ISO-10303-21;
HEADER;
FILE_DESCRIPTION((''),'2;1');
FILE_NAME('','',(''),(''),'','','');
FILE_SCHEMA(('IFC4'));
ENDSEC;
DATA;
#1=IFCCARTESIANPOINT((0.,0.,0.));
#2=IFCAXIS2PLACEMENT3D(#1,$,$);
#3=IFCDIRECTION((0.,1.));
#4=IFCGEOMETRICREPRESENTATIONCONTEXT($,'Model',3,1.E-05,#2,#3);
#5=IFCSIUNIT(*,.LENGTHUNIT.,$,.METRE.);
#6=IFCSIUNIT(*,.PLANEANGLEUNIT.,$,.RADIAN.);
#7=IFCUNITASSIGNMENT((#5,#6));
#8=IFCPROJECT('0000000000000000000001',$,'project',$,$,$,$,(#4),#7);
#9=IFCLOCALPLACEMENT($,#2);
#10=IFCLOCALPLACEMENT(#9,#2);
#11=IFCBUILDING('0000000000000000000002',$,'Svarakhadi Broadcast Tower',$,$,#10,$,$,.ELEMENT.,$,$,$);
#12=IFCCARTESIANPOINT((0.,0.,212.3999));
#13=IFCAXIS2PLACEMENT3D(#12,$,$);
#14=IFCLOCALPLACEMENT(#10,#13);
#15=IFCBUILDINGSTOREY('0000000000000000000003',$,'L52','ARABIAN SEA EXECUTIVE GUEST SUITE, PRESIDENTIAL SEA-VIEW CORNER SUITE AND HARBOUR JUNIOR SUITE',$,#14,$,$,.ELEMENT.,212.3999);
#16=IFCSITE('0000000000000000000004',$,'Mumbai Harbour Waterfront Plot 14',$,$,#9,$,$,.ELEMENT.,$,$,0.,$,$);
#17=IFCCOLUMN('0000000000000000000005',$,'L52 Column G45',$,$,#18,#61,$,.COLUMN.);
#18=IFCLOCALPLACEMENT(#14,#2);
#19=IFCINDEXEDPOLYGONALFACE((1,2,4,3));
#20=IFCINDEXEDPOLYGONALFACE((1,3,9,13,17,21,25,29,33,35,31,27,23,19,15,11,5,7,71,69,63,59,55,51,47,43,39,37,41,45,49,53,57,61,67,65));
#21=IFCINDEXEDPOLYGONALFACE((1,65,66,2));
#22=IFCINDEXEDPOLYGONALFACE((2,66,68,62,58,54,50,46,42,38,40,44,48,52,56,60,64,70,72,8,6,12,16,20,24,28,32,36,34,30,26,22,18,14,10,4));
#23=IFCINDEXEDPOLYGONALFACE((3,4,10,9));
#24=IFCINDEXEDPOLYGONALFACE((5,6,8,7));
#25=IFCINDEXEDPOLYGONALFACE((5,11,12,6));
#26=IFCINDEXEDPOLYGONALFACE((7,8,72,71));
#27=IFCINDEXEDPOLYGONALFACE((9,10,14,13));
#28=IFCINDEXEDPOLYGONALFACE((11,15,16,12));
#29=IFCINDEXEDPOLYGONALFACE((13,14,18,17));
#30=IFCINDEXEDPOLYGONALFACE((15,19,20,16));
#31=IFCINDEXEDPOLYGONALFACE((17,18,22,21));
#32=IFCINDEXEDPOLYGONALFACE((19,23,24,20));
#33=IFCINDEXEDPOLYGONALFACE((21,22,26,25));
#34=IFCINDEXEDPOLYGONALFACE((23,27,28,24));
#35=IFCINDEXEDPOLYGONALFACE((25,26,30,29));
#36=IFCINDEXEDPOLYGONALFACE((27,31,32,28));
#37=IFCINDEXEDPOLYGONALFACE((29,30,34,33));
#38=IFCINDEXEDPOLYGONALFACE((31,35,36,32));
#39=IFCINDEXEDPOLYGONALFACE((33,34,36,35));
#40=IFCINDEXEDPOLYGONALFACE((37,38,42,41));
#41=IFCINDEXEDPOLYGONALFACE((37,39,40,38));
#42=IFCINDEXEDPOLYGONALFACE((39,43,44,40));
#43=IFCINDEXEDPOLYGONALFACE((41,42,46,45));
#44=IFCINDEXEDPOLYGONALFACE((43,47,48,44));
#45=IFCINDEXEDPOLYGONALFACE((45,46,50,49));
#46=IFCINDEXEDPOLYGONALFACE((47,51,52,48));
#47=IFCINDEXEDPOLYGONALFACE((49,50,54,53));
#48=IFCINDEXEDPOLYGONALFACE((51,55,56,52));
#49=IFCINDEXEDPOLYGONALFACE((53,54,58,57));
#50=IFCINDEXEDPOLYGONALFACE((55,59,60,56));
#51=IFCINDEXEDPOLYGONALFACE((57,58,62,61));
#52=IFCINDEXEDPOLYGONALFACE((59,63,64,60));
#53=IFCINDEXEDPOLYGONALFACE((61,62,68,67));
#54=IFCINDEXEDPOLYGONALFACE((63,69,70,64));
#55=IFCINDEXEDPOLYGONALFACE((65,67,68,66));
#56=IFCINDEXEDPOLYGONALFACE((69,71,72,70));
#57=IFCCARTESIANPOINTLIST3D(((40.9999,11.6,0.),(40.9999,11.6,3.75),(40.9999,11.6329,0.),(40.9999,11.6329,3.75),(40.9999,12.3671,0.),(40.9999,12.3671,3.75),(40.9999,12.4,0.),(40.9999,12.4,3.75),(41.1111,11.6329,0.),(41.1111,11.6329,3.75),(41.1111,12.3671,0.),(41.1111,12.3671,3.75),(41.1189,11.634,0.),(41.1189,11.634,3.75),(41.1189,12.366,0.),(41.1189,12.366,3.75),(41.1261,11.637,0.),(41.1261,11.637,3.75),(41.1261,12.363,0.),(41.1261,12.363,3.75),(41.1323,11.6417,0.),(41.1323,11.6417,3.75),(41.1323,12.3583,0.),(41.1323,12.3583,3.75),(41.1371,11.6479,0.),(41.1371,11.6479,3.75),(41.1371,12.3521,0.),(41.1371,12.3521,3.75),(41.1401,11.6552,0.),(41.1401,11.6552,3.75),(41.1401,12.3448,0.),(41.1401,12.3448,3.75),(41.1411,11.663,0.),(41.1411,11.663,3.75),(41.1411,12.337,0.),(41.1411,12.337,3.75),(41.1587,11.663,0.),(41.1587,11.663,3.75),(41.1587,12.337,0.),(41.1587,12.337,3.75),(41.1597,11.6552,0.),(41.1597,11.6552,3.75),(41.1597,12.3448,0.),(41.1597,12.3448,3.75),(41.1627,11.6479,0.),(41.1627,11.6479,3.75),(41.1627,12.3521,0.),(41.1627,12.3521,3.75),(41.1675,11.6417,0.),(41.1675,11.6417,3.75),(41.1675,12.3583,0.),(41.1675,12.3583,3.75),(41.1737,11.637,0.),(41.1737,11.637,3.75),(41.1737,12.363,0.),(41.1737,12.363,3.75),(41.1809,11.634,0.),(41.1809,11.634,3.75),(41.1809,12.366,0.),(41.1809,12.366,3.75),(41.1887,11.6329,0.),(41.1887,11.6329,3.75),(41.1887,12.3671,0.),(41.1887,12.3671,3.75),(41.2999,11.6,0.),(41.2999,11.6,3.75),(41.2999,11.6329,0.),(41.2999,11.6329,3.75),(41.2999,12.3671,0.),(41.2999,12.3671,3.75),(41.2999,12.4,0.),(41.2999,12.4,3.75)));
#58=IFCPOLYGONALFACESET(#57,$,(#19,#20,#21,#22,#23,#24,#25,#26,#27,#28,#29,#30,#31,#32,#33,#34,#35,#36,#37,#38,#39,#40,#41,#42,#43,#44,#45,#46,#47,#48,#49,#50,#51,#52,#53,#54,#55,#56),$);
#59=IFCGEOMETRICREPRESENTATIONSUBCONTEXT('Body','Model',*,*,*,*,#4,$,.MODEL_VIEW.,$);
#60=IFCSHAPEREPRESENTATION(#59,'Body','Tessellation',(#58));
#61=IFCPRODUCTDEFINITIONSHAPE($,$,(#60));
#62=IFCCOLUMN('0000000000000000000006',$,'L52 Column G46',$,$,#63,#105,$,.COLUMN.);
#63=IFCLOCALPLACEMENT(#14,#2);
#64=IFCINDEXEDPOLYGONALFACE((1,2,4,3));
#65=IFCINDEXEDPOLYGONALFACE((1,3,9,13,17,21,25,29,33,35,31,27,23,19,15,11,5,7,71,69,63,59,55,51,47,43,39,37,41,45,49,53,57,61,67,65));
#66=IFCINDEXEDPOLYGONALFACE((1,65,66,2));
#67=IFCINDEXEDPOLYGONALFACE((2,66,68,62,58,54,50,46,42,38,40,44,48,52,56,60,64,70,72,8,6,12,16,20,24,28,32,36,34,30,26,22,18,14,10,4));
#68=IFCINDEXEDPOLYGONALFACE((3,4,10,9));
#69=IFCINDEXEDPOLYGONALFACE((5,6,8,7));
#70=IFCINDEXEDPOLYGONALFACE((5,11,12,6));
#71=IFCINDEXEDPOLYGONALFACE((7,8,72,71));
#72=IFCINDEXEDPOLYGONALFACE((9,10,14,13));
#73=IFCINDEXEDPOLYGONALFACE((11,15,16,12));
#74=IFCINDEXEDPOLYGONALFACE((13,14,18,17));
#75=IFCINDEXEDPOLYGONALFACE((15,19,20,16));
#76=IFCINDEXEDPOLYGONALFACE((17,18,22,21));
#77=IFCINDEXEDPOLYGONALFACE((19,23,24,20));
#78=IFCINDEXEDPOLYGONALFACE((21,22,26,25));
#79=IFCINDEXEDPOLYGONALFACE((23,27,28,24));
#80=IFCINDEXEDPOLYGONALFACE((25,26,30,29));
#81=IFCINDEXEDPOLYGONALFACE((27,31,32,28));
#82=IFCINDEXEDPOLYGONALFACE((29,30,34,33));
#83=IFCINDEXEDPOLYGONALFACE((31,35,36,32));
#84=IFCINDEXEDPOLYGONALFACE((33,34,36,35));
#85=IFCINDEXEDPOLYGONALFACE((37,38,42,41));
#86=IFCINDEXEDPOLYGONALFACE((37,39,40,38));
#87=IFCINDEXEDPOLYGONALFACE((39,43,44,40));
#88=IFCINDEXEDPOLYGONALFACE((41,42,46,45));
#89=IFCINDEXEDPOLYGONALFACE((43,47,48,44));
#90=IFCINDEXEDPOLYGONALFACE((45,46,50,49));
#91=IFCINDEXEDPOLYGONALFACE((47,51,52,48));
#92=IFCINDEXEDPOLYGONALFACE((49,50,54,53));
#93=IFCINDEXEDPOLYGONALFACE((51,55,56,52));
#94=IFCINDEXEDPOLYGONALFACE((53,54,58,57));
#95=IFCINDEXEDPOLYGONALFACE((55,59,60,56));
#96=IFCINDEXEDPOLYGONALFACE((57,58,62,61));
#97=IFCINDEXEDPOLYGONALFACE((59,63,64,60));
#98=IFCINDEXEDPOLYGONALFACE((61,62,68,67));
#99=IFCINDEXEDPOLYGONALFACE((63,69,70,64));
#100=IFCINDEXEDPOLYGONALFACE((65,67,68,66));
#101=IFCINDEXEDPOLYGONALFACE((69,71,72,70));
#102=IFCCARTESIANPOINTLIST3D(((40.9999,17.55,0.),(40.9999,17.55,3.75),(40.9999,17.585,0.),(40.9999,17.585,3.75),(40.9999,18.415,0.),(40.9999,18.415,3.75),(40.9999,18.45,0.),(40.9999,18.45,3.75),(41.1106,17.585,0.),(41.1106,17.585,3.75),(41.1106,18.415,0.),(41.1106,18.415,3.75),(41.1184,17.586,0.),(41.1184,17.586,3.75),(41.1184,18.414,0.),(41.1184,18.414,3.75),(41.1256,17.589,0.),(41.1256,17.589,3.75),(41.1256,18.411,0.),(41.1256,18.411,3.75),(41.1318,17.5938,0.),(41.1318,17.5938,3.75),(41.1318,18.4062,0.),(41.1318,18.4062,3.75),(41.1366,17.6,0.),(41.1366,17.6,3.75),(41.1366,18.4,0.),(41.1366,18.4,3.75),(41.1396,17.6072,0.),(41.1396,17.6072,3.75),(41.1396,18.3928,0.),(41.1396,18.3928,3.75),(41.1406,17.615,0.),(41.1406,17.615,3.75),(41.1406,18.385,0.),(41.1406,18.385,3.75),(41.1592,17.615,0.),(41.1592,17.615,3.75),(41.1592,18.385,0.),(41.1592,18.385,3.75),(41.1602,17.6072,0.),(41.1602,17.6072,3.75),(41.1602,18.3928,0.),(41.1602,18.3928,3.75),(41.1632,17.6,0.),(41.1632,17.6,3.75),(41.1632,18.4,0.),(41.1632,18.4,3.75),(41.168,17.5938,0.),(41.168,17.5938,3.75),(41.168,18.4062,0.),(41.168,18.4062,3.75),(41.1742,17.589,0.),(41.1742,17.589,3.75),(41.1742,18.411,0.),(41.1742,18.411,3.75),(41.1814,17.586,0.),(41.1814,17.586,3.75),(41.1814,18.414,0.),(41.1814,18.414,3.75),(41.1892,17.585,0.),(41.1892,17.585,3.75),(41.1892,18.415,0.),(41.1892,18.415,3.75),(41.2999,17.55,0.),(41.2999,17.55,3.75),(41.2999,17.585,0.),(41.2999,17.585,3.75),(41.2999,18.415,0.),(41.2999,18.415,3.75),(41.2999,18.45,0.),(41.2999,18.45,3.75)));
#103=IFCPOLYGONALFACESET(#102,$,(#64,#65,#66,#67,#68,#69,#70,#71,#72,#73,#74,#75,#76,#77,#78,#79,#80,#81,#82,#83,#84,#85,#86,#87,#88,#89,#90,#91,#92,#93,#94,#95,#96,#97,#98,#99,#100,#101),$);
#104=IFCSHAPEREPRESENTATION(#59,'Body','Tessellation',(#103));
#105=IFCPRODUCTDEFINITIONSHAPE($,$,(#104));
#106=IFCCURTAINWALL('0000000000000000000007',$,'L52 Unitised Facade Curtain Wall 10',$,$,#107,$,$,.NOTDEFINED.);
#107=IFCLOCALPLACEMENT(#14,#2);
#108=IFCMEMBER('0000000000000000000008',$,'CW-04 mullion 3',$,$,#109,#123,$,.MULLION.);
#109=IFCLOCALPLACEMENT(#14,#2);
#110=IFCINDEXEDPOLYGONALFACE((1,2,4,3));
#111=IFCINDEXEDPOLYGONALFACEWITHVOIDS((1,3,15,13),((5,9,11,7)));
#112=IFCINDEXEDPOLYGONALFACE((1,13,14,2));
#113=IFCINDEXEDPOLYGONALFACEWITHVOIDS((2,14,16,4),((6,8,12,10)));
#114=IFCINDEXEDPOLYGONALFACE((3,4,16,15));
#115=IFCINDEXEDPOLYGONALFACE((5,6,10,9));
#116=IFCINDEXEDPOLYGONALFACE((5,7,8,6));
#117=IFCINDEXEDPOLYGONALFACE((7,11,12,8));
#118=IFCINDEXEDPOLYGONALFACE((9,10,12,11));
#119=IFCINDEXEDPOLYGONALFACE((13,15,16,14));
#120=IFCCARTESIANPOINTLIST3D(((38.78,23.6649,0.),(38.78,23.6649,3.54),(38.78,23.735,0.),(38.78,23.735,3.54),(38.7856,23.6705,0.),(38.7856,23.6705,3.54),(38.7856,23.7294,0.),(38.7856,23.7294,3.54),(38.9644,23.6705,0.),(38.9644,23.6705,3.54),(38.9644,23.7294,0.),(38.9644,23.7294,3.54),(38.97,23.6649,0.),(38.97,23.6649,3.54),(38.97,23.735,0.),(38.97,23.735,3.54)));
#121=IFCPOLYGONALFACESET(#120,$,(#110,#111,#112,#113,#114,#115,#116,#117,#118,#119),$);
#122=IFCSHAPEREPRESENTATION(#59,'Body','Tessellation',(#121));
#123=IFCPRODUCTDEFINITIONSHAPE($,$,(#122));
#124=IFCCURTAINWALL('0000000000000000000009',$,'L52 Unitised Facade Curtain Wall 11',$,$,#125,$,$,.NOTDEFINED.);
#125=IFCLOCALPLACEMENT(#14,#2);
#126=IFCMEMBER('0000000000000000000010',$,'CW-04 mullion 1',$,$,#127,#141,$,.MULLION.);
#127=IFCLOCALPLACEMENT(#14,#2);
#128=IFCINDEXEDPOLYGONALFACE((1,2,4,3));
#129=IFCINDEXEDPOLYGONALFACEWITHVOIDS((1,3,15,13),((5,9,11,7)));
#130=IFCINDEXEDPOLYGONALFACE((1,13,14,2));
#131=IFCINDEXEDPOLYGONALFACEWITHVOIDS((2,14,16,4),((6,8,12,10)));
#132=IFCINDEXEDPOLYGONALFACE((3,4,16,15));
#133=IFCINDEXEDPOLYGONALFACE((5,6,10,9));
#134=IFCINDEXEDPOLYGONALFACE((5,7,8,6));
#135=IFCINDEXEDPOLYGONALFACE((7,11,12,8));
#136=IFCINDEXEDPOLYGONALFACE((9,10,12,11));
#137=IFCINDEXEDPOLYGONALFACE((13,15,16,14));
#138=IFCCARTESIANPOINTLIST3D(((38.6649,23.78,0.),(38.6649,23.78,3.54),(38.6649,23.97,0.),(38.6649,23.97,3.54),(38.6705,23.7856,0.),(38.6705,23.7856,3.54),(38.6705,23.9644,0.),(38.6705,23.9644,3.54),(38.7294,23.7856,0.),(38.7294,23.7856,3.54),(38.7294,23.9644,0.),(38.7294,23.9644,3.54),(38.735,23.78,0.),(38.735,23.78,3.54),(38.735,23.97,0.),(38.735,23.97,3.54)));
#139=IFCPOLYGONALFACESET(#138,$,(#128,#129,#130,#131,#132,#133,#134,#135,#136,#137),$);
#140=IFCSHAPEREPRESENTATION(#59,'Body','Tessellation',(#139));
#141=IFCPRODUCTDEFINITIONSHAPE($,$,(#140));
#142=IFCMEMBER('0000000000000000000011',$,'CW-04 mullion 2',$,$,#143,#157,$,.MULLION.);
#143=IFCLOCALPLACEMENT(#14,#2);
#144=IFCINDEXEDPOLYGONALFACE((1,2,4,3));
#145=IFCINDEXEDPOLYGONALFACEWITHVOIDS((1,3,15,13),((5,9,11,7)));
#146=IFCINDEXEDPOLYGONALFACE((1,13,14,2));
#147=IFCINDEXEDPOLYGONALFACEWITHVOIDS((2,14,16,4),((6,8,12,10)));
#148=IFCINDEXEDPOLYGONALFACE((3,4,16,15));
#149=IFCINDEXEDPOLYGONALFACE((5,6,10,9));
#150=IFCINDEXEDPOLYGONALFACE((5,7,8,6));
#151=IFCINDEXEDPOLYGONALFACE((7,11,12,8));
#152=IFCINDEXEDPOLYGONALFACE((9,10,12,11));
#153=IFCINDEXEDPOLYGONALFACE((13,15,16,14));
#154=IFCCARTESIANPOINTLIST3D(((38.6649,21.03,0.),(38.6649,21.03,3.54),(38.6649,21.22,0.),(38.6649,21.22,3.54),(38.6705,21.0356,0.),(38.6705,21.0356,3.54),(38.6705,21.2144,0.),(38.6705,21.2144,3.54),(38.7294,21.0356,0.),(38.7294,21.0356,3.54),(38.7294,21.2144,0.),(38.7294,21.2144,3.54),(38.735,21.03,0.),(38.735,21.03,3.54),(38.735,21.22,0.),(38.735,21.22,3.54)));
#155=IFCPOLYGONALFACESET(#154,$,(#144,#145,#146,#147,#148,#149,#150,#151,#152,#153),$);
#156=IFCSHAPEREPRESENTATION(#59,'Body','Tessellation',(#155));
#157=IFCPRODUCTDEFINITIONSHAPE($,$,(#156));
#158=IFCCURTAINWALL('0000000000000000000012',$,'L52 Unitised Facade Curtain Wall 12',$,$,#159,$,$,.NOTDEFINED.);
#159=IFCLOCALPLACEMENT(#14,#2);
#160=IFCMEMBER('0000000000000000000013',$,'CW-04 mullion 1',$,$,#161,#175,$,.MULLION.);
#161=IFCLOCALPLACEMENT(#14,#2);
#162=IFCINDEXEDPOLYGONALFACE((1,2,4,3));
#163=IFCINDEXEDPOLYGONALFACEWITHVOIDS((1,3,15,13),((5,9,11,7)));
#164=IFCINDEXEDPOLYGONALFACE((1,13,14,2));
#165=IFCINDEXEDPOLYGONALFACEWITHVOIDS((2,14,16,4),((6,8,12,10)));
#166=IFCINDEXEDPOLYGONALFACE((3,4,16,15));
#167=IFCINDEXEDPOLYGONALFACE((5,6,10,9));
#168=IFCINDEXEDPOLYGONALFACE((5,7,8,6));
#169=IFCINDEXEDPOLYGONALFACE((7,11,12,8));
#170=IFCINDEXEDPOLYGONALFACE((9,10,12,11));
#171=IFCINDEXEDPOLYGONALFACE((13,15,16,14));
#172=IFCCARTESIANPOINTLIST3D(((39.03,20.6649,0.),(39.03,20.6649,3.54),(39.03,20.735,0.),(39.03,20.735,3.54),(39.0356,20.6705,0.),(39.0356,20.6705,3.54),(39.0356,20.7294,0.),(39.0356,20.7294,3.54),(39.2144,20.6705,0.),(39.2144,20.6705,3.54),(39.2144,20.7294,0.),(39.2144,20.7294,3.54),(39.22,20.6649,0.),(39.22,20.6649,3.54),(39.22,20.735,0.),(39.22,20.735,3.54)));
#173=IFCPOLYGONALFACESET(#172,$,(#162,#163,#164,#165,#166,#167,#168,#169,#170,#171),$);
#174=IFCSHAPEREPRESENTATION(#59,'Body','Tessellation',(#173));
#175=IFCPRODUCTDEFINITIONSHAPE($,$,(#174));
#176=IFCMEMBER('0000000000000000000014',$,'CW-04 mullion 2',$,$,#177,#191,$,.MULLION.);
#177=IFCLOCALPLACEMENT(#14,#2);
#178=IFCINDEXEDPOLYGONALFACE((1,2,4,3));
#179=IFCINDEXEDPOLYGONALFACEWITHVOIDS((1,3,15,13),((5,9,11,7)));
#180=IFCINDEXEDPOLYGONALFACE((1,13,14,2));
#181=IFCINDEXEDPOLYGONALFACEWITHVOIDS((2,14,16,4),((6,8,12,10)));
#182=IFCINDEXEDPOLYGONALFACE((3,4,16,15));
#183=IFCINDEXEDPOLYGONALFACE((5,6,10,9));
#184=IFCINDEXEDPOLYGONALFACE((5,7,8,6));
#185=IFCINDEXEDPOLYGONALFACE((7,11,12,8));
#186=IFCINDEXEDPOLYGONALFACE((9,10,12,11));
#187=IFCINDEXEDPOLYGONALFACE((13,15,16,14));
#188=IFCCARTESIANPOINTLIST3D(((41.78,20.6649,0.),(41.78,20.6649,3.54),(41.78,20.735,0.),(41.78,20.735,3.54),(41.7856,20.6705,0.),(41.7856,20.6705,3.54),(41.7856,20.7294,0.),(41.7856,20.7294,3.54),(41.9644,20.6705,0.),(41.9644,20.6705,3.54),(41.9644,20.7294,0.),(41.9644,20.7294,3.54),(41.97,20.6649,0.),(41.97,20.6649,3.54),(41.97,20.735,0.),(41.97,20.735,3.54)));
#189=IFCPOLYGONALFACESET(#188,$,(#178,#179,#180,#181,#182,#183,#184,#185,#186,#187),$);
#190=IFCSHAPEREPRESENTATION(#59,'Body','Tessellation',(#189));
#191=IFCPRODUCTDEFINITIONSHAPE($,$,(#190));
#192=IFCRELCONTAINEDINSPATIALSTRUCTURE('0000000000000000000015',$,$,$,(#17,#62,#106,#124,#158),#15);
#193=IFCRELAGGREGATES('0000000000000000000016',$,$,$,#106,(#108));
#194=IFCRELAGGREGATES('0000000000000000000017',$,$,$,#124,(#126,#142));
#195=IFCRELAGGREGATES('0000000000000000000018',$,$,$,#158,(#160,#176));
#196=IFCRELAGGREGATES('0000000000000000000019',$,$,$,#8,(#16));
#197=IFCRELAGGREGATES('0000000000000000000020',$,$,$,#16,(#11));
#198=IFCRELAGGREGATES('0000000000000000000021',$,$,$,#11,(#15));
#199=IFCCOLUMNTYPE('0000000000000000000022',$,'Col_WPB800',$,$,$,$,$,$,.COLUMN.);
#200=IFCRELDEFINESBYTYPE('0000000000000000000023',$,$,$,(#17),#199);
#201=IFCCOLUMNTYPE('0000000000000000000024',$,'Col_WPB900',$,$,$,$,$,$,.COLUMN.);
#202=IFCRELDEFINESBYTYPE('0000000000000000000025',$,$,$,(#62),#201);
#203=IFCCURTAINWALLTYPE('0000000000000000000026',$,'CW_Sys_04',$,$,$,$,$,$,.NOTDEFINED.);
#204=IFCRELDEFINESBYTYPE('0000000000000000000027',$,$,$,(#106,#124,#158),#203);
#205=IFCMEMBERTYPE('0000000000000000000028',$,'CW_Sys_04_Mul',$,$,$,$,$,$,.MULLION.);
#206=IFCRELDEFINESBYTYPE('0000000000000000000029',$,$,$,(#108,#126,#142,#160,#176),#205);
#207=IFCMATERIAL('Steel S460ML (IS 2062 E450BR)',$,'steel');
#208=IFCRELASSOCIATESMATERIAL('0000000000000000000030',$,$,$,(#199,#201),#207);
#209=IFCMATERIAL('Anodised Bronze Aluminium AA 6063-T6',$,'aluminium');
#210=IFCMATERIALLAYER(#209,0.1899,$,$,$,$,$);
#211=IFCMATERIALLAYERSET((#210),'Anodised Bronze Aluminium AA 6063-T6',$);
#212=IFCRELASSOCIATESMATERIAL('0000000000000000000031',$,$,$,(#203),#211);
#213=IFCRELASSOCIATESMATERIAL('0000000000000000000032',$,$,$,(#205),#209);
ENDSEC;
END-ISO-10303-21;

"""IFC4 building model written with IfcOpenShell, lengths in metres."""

from ifc_helpers import new_model, si_unit, direction, frame, origin, origin_2d, place, context, subcontext, project, spatial, hollow_rectangle, i_section, extrude, material, layer, layer_set, material_profile, profile_set, type_object, element, aggregate, save


model = new_model("IFC4")

# Units and contexts
model_context = context("Model", 3, precision=1e-05, world=origin(), true_north=direction((0.0, 1.0)))
body_context = subcontext(model_context, "Body", "Model", "MODEL_VIEW")
ifc_project = project(units=[si_unit("LENGTHUNIT", "METRE"), si_unit("PLANEANGLEUNIT", "RADIAN")], contexts=[model_context])

# Site, building, storey
site_placement = place(None, origin())
site = spatial("IfcSite", under=ifc_project, at=site_placement, Name="Mumbai Harbour Waterfront Plot 14", CompositionType="ELEMENT", RefElevation=0.0)
building_placement = place(site_placement, origin())
building = spatial("IfcBuilding", under=site, at=building_placement, Name="Svarakhadi Broadcast Tower", CompositionType="ELEMENT")
storey_placement = place(building_placement, frame((0.0, 0.0, 212.3999)))
storey = spatial("IfcBuildingStorey", under=building, at=storey_placement, Name="L52", Description="ARABIAN SEA EXECUTIVE GUEST SUITE, PRESIDENTIAL SEA-VIEW CORNER SUITE AND HARBOUR JUNIOR SUITE", CompositionType="ELEMENT", Elevation=212.3999)

# Columns
ifc_material_1 = material(Name="Steel S460ML (IS 2062 E450BR)", Category="steel")
ifc_material_profile_1 = material_profile(ifc_material_1, i_section(OverallWidth=0.3, OverallDepth=0.8, WebThickness=0.0176, FlangeThickness=0.033, FilletRadius=0.03, at=origin_2d()), Name="WPB 800x300x262")
ifc_profile_set_1 = profile_set([ifc_material_profile_1], Name="Steel S460ML (IS 2062 E450BR)")
column_type_1 = type_object("IfcColumnType", Name="Col_WPB800", PredefinedType="COLUMN", material=ifc_profile_set_1)
column_1_placement = place(storey_placement, frame((41.1499, 12.0, 0.0), z_axis=(0.0, 0.0, 1.0), x_axis=(1.0, 0.0, 0.0)))
element("IfcColumn", 1, at=column_1_placement, inside=storey, type_object=column_type_1, Name="L52 Column G45", PredefinedType="COLUMN", context=body_context, shape_type="SweptSolid", body=[
    extrude(i_section(OverallWidth=0.3, OverallDepth=0.8, WebThickness=0.0176, FlangeThickness=0.033, FilletRadius=0.03, at=origin_2d()), origin(), (0.0, 0.0, 1.0), 3.75),
])
ifc_material_profile_2 = material_profile(ifc_material_1, i_section(OverallWidth=0.3, OverallDepth=0.8999, WebThickness=0.0186, FlangeThickness=0.0349, FilletRadius=0.03, at=origin_2d()), Name="WPB 900x300x291")
ifc_profile_set_2 = profile_set([ifc_material_profile_2], Name="Steel S460ML (IS 2062 E450BR)")
column_type_2 = type_object("IfcColumnType", Name="Col_WPB900", PredefinedType="COLUMN", material=ifc_profile_set_2)
column_2_placement = place(storey_placement, frame((41.1499, 18.0, 0.0), z_axis=(0.0, 0.0, 1.0), x_axis=(1.0, 0.0, 0.0)))
element("IfcColumn", 2, at=column_2_placement, inside=storey, type_object=column_type_2, Name="L52 Column G46", PredefinedType="COLUMN", context=body_context, shape_type="SweptSolid", body=[
    extrude(i_section(OverallWidth=0.3, OverallDepth=0.8999, WebThickness=0.0186, FlangeThickness=0.0349, FilletRadius=0.03, at=origin_2d()), origin(), (0.0, 0.0, 1.0), 3.75),
])

# Curtain wall, member
ifc_material_2 = material(Name="Anodised Bronze Aluminium AA 6063-T6", Category="aluminium")
ifc_layer_1 = layer(ifc_material_2, 0.1899)
ifc_layer_set_1 = layer_set([ifc_layer_1], Name="Anodised Bronze Aluminium AA 6063-T6")
curtain_wall_type = type_object("IfcCurtainWallType", Name="CW_Sys_04", PredefinedType="NOTDEFINED", material=ifc_layer_set_1)
curtain_wall_1_placement = place(storey_placement, origin())
curtain_wall_1 = element("IfcCurtainWall", 3, at=curtain_wall_1_placement, inside=storey, type_object=curtain_wall_type, Name="L52 Unitised Facade Curtain Wall 10", PredefinedType="NOTDEFINED")
ifc_material_profile_3 = material_profile(ifc_material_2, hollow_rectangle(XDim=0.0701, YDim=0.1899, WallThickness=0.0056, at=origin_2d()), Name="ALU MULLION 190x70x6")
ifc_profile_set_3 = profile_set([ifc_material_profile_3], Name="Anodised Bronze Aluminium AA 6063-T6")
member_type_1 = type_object("IfcMemberType", Name="CW_Sys_04_Mul", PredefinedType="MULLION", material=ifc_profile_set_3)
member_1_placement = place(storey_placement, frame((38.875, 23.7, 0.0), z_axis=(0.0, 0.0, 1.0), x_axis=(0.0, 1.0, 0.0)))
member_1 = element("IfcMember", 4, at=member_1_placement, type_object=member_type_1, Name="CW-04 mullion 3", PredefinedType="MULLION", context=body_context, shape_type="SweptSolid", body=[
    extrude(hollow_rectangle(XDim=0.0701, YDim=0.1899, WallThickness=0.0056, at=origin_2d()), origin(), (0.0, 0.0, 1.0), 3.54),
])
aggregate(curtain_wall_1, [member_1])

# Curtain walls, members
curtain_wall_2_placement = place(storey_placement, origin())
curtain_wall_2 = element("IfcCurtainWall", 5, at=curtain_wall_2_placement, inside=storey, type_object=curtain_wall_type, Name="L52 Unitised Facade Curtain Wall 11", PredefinedType="NOTDEFINED")
member_2_placement = place(storey_placement, frame((38.7, 23.875, 0.0), z_axis=(0.0, 0.0, 1.0), x_axis=(1.0, 0.0, 0.0)))
member_2 = element("IfcMember", 6, at=member_2_placement, type_object=member_type_1, Name="CW-04 mullion 1", PredefinedType="MULLION", context=body_context, shape_type="SweptSolid", body=[
    extrude(hollow_rectangle(XDim=0.0701, YDim=0.1899, WallThickness=0.0056, at=origin_2d()), origin(), (0.0, 0.0, 1.0), 3.54),
])
member_3_placement = place(storey_placement, frame((38.7, 21.125, 0.0), z_axis=(0.0, 0.0, 1.0), x_axis=(1.0, 0.0, 0.0)))
member_3 = element("IfcMember", 7, at=member_3_placement, type_object=member_type_1, Name="CW-04 mullion 2", PredefinedType="MULLION", context=body_context, shape_type="SweptSolid", body=[
    extrude(hollow_rectangle(XDim=0.0701, YDim=0.1899, WallThickness=0.0056, at=origin_2d()), origin(), (0.0, 0.0, 1.0), 3.54),
])
curtain_wall_3_placement = place(storey_placement, origin())
curtain_wall_3 = element("IfcCurtainWall", 8, at=curtain_wall_3_placement, inside=storey, type_object=curtain_wall_type, Name="L52 Unitised Facade Curtain Wall 12", PredefinedType="NOTDEFINED")
member_4_placement = place(storey_placement, frame((39.125, 20.7, 0.0), z_axis=(0.0, 0.0, 1.0), x_axis=(0.0, 1.0, 0.0)))
member_4 = element("IfcMember", 9, at=member_4_placement, type_object=member_type_1, Name="CW-04 mullion 1", PredefinedType="MULLION", context=body_context, shape_type="SweptSolid", body=[
    extrude(hollow_rectangle(XDim=0.0701, YDim=0.1899, WallThickness=0.0056, at=origin_2d()), origin(), (0.0, 0.0, 1.0), 3.54),
])
member_5_placement = place(storey_placement, frame((41.875, 20.7, 0.0), z_axis=(0.0, 0.0, 1.0), x_axis=(0.0, 1.0, 0.0)))
member_5 = element("IfcMember", 10, at=member_5_placement, type_object=member_type_1, Name="CW-04 mullion 2", PredefinedType="MULLION", context=body_context, shape_type="SweptSolid", body=[
    extrude(hollow_rectangle(XDim=0.0701, YDim=0.1899, WallThickness=0.0056, at=origin_2d()), origin(), (0.0, 0.0, 1.0), 3.54),
])

aggregate(curtain_wall_2, [member_2, member_3])
aggregate(curtain_wall_3, [member_4, member_5])

save(model, "model.ifc")
